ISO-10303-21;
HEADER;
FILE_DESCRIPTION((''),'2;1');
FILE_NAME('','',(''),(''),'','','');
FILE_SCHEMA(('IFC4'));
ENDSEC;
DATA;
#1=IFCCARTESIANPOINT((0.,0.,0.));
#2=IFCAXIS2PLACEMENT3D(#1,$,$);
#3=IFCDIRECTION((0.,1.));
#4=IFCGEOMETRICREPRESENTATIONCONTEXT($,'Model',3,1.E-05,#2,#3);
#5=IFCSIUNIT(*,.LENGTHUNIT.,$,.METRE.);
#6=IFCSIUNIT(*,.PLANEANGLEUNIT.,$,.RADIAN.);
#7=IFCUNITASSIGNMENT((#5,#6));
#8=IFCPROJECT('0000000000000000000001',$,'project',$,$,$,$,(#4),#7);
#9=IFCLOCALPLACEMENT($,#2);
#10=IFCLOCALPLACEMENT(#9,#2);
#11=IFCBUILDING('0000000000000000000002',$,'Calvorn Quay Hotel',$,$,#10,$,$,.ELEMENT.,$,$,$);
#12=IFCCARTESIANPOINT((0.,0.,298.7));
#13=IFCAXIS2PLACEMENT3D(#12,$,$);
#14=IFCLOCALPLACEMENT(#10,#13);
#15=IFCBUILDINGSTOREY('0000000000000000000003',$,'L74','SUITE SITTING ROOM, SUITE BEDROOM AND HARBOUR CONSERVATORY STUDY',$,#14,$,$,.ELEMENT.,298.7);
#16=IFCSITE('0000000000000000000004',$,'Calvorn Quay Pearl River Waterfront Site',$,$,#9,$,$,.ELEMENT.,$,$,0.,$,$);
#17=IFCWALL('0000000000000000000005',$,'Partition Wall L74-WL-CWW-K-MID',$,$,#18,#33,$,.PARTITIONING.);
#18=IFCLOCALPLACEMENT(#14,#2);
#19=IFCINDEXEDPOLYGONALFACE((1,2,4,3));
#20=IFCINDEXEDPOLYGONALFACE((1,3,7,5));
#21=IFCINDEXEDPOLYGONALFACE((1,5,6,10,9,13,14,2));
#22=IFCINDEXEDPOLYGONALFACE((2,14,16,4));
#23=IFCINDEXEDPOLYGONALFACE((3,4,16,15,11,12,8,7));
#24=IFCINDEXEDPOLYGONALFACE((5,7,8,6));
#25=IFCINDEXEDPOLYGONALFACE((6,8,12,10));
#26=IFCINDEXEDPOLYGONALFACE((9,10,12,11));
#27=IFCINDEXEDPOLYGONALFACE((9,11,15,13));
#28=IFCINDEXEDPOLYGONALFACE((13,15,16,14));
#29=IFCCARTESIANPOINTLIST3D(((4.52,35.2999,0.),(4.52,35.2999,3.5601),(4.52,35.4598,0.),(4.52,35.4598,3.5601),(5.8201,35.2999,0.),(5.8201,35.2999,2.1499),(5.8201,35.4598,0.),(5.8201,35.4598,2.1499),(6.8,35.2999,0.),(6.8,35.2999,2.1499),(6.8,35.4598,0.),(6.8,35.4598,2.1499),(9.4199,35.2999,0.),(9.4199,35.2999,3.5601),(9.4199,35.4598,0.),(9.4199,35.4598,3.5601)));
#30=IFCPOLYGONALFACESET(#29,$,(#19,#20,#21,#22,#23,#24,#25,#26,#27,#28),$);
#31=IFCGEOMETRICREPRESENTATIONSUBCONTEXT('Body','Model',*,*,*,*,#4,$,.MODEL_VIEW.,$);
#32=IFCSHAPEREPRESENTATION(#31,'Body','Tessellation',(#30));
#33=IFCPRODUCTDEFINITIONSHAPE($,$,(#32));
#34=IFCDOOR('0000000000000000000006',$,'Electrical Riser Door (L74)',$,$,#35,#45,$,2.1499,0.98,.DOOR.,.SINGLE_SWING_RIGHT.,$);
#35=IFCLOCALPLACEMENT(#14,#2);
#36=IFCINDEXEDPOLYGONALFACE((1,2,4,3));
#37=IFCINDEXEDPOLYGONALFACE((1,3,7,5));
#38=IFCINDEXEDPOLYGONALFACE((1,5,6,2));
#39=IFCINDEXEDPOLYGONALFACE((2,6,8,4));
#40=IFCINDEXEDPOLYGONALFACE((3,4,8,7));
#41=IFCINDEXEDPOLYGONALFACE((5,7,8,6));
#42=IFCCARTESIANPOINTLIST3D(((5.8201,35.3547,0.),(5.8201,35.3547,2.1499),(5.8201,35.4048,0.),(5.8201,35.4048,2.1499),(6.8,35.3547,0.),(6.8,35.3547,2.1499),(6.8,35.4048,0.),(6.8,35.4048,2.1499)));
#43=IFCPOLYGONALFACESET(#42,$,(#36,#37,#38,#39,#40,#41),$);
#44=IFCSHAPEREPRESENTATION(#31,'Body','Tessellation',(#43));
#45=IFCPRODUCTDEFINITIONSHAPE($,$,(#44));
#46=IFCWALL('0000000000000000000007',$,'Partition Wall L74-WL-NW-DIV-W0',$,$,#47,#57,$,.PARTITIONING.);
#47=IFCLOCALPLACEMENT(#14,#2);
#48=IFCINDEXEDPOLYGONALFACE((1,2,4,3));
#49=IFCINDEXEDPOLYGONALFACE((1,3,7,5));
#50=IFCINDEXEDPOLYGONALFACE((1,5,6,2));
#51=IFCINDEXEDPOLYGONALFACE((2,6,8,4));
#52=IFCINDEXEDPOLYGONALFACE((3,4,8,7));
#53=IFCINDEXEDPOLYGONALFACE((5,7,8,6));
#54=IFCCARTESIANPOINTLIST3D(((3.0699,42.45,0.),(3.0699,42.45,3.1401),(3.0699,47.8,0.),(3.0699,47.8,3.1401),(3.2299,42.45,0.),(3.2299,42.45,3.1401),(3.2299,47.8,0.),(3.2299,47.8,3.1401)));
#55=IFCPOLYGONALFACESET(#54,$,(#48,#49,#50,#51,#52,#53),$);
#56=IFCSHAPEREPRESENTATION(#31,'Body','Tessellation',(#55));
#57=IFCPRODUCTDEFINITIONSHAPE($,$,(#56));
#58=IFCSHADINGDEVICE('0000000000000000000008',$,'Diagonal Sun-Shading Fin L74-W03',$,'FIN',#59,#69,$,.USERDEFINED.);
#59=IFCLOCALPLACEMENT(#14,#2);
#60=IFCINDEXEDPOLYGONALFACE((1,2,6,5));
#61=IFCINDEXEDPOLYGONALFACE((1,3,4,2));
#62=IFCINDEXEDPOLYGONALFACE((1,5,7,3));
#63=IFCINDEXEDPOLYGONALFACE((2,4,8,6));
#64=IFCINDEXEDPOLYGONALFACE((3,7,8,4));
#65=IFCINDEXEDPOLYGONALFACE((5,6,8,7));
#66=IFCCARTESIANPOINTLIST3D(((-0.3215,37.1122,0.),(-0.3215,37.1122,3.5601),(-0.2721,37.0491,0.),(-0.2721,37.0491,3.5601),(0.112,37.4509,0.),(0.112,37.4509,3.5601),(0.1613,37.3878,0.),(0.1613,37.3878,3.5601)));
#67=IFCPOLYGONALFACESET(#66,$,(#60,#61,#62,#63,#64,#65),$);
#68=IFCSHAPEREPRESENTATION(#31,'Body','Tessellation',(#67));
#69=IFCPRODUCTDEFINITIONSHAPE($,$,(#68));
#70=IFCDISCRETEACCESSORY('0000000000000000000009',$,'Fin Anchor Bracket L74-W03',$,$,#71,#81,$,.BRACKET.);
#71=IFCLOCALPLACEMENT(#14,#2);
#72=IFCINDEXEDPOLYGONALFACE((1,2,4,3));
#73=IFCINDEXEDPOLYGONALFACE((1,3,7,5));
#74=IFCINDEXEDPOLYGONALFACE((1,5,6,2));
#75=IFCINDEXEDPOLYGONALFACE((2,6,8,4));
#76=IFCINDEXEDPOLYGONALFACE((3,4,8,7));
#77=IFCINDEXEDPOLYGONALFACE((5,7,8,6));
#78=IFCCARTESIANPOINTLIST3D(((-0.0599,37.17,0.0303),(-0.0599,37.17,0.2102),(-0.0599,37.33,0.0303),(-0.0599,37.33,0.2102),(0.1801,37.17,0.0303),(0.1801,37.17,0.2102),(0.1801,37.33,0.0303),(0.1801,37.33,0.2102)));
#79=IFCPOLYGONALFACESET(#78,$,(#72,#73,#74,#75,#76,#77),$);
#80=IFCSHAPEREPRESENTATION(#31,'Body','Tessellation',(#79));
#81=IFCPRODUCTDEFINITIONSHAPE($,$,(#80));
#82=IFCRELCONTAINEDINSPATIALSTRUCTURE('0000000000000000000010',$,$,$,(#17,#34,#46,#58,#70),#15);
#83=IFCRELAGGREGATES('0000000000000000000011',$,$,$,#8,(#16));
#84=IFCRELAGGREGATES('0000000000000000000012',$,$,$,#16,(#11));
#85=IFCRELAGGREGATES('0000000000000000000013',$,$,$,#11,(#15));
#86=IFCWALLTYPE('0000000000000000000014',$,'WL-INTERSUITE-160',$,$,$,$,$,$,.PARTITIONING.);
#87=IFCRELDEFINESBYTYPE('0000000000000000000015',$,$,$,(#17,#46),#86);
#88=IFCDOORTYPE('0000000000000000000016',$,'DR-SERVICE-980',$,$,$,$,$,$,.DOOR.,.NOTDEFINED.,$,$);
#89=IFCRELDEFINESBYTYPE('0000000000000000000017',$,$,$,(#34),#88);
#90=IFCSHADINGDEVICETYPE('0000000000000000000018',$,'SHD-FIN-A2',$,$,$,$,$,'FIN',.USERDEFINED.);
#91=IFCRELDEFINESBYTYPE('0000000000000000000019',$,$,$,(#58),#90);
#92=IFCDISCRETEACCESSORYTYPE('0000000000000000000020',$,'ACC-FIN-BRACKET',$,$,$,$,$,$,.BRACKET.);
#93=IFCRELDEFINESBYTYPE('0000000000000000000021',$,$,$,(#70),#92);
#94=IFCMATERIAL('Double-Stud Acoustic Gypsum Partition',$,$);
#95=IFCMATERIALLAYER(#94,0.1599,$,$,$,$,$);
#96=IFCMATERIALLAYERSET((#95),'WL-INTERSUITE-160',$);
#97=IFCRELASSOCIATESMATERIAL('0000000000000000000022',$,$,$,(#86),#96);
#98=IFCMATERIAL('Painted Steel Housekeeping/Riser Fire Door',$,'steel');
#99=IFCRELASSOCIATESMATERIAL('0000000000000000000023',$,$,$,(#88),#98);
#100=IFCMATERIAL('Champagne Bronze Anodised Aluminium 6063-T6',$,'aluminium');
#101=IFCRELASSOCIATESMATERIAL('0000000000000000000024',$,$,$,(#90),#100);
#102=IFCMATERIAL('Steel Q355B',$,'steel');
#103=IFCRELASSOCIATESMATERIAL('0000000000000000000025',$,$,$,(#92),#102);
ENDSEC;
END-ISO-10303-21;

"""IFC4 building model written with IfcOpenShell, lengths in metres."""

from ifc_helpers import new_model, si_unit, direction, frame, frame_2d, origin, origin_2d, place, context, subcontext, project, spatial, rectangle, extrude, material, layer, layer_set, type_object, element, fill, save


model = new_model("IFC4")

# Units and contexts
model_context = context("Model", 3, precision=1e-05, world=origin(), true_north=direction((0.0, 1.0)))
body_context = subcontext(model_context, "Body", "Model", "MODEL_VIEW")
ifc_project = project(units=[si_unit("LENGTHUNIT", "METRE"), si_unit("PLANEANGLEUNIT", "RADIAN")], contexts=[model_context])

# Site, building, storey
site_placement = place(None, origin())
site = spatial("IfcSite", under=ifc_project, at=site_placement, Name="Calvorn Quay Pearl River Waterfront Site", CompositionType="ELEMENT", RefElevation=0.0)
building_placement = place(site_placement, origin())
building = spatial("IfcBuilding", under=site, at=building_placement, Name="Calvorn Quay Hotel", CompositionType="ELEMENT")
storey_placement = place(building_placement, frame((0.0, 0.0, 298.7)))
storey = spatial("IfcBuildingStorey", under=building, at=storey_placement, Name="L74", Description="SUITE SITTING ROOM, SUITE BEDROOM AND HARBOUR CONSERVATORY STUDY", CompositionType="ELEMENT", Elevation=298.7)

# Wall, opening, door
ifc_material_1 = material(Name="Double-Stud Acoustic Gypsum Partition")
ifc_layer_1 = layer(ifc_material_1, 0.1599)
ifc_layer_set_1 = layer_set([ifc_layer_1], Name="WL-INTERSUITE-160")
wall_type_1 = type_object("IfcWallType", Name="WL-INTERSUITE-160", PredefinedType="PARTITIONING", material=ifc_layer_set_1)
wall_1_placement = place(storey_placement, frame((4.52, 35.3799, 0.0), z_axis=(0.0, 0.0, 1.0), x_axis=(1.0, 0.0, 0.0)))
wall_1 = element("IfcWall", 1, at=wall_1_placement, inside=storey, type_object=wall_type_1, Name="Partition Wall L74-WL-CWW-K-MID", PredefinedType="PARTITIONING", context=body_context, shape_type="SweptSolid", body=[
    extrude(rectangle(XDim=4.8999, YDim=0.1599, at=frame_2d((2.45, 0.0))), origin(), (0.0, 0.0, 1.0), 3.5601),
])
opening_1_placement = place(wall_1_placement, frame((1.3, 0.0, 0.0)))
opening_1 = element("IfcOpeningElement", 2, at=opening_1_placement, cuts=wall_1, PredefinedType="OPENING", context=body_context, shape_type="SweptSolid", body=[
    extrude(rectangle(XDim=0.98, YDim=2.1499, at=frame_2d((0.49, 1.075))), frame((0.0, 0.0898, 0.0), z_axis=(0.0, -1.0, 0.0), x_axis=(1.0, 0.0, 0.0)), (0.0, 0.0, 1.0), 0.1799),
])
ifc_material_2 = material(Name="Painted Steel Housekeeping/Riser Fire Door", Category="steel")
door_type_1 = type_object("IfcDoorType", Name="DR-SERVICE-980", OperationType="NOTDEFINED", PredefinedType="DOOR", material=ifc_material_2)
door_1_placement = place(opening_1_placement, origin())
door_1 = element("IfcDoor", 3, at=door_1_placement, inside=storey, type_object=door_type_1, Name="Electrical Riser Door (L74)", OperationType="SINGLE_SWING_RIGHT", OverallHeight=2.1499, OverallWidth=0.98, PredefinedType="DOOR", context=body_context, shape_type="SweptSolid", body=[
    extrude(rectangle(XDim=0.98, YDim=2.1499, at=frame_2d((0.49, 1.075))), frame((0.0, 0.0249, 0.0), z_axis=(0.0, -1.0, 0.0), x_axis=(1.0, 0.0, 0.0)), (0.0, 0.0, 1.0), 0.05),
])
fill(opening_1, door_1)

# Wall
wall_2_placement = place(storey_placement, frame((3.1499, 42.45, 0.0), z_axis=(0.0, 0.0, 1.0), x_axis=(0.0, 1.0, 0.0)))
element("IfcWall", 4, at=wall_2_placement, inside=storey, type_object=wall_type_1, Name="Partition Wall L74-WL-NW-DIV-W0", PredefinedType="PARTITIONING", context=body_context, shape_type="SweptSolid", body=[
    extrude(rectangle(XDim=5.3501, YDim=0.1599, at=frame_2d((2.675, 0.0))), origin(), (0.0, 0.0, 1.0), 3.1401),
])

# Shading device
ifc_material_3 = material(Name="Champagne Bronze Anodised Aluminium 6063-T6", Category="aluminium")
shading_device_type = type_object("IfcShadingDeviceType", Name="SHD-FIN-A2", ElementType="FIN", PredefinedType="USERDEFINED", material=ifc_material_3)
shading_device_placement = place(storey_placement, frame((-0.0801, 37.25, 0.0), z_axis=(0.0, 0.0, 1.0), x_axis=(0.788011, 0.615661, 0.0)))
element("IfcShadingDevice", 5, at=shading_device_placement, inside=storey, type_object=shading_device_type, Name="Diagonal Sun-Shading Fin L74-W03", ObjectType="FIN", PredefinedType="USERDEFINED", context=body_context, shape_type="SweptSolid", body=[
    extrude(rectangle(XDim=0.55, YDim=0.0801, at=origin_2d()), origin(), (0.0, 0.0, 1.0), 3.5601),
])

# Discrete accessory
ifc_material_4 = material(Name="Steel Q355B", Category="steel")
discrete_accessory_type = type_object("IfcDiscreteAccessoryType", Name="ACC-FIN-BRACKET", PredefinedType="BRACKET", material=ifc_material_4)
discrete_accessory_placement = place(storey_placement, frame((0.0601, 37.25, 0.0303), z_axis=(0.0, 0.0, 1.0), x_axis=(1.0, 0.0, 0.0)))
element("IfcDiscreteAccessory", 6, at=discrete_accessory_placement, inside=storey, type_object=discrete_accessory_type, Name="Fin Anchor Bracket L74-W03", PredefinedType="BRACKET", context=body_context, shape_type="SweptSolid", body=[
    extrude(rectangle(XDim=0.24, YDim=0.1599, at=origin_2d()), origin(), (0.0, 0.0, 1.0), 0.1799),
])

save(model, "model.ifc")
